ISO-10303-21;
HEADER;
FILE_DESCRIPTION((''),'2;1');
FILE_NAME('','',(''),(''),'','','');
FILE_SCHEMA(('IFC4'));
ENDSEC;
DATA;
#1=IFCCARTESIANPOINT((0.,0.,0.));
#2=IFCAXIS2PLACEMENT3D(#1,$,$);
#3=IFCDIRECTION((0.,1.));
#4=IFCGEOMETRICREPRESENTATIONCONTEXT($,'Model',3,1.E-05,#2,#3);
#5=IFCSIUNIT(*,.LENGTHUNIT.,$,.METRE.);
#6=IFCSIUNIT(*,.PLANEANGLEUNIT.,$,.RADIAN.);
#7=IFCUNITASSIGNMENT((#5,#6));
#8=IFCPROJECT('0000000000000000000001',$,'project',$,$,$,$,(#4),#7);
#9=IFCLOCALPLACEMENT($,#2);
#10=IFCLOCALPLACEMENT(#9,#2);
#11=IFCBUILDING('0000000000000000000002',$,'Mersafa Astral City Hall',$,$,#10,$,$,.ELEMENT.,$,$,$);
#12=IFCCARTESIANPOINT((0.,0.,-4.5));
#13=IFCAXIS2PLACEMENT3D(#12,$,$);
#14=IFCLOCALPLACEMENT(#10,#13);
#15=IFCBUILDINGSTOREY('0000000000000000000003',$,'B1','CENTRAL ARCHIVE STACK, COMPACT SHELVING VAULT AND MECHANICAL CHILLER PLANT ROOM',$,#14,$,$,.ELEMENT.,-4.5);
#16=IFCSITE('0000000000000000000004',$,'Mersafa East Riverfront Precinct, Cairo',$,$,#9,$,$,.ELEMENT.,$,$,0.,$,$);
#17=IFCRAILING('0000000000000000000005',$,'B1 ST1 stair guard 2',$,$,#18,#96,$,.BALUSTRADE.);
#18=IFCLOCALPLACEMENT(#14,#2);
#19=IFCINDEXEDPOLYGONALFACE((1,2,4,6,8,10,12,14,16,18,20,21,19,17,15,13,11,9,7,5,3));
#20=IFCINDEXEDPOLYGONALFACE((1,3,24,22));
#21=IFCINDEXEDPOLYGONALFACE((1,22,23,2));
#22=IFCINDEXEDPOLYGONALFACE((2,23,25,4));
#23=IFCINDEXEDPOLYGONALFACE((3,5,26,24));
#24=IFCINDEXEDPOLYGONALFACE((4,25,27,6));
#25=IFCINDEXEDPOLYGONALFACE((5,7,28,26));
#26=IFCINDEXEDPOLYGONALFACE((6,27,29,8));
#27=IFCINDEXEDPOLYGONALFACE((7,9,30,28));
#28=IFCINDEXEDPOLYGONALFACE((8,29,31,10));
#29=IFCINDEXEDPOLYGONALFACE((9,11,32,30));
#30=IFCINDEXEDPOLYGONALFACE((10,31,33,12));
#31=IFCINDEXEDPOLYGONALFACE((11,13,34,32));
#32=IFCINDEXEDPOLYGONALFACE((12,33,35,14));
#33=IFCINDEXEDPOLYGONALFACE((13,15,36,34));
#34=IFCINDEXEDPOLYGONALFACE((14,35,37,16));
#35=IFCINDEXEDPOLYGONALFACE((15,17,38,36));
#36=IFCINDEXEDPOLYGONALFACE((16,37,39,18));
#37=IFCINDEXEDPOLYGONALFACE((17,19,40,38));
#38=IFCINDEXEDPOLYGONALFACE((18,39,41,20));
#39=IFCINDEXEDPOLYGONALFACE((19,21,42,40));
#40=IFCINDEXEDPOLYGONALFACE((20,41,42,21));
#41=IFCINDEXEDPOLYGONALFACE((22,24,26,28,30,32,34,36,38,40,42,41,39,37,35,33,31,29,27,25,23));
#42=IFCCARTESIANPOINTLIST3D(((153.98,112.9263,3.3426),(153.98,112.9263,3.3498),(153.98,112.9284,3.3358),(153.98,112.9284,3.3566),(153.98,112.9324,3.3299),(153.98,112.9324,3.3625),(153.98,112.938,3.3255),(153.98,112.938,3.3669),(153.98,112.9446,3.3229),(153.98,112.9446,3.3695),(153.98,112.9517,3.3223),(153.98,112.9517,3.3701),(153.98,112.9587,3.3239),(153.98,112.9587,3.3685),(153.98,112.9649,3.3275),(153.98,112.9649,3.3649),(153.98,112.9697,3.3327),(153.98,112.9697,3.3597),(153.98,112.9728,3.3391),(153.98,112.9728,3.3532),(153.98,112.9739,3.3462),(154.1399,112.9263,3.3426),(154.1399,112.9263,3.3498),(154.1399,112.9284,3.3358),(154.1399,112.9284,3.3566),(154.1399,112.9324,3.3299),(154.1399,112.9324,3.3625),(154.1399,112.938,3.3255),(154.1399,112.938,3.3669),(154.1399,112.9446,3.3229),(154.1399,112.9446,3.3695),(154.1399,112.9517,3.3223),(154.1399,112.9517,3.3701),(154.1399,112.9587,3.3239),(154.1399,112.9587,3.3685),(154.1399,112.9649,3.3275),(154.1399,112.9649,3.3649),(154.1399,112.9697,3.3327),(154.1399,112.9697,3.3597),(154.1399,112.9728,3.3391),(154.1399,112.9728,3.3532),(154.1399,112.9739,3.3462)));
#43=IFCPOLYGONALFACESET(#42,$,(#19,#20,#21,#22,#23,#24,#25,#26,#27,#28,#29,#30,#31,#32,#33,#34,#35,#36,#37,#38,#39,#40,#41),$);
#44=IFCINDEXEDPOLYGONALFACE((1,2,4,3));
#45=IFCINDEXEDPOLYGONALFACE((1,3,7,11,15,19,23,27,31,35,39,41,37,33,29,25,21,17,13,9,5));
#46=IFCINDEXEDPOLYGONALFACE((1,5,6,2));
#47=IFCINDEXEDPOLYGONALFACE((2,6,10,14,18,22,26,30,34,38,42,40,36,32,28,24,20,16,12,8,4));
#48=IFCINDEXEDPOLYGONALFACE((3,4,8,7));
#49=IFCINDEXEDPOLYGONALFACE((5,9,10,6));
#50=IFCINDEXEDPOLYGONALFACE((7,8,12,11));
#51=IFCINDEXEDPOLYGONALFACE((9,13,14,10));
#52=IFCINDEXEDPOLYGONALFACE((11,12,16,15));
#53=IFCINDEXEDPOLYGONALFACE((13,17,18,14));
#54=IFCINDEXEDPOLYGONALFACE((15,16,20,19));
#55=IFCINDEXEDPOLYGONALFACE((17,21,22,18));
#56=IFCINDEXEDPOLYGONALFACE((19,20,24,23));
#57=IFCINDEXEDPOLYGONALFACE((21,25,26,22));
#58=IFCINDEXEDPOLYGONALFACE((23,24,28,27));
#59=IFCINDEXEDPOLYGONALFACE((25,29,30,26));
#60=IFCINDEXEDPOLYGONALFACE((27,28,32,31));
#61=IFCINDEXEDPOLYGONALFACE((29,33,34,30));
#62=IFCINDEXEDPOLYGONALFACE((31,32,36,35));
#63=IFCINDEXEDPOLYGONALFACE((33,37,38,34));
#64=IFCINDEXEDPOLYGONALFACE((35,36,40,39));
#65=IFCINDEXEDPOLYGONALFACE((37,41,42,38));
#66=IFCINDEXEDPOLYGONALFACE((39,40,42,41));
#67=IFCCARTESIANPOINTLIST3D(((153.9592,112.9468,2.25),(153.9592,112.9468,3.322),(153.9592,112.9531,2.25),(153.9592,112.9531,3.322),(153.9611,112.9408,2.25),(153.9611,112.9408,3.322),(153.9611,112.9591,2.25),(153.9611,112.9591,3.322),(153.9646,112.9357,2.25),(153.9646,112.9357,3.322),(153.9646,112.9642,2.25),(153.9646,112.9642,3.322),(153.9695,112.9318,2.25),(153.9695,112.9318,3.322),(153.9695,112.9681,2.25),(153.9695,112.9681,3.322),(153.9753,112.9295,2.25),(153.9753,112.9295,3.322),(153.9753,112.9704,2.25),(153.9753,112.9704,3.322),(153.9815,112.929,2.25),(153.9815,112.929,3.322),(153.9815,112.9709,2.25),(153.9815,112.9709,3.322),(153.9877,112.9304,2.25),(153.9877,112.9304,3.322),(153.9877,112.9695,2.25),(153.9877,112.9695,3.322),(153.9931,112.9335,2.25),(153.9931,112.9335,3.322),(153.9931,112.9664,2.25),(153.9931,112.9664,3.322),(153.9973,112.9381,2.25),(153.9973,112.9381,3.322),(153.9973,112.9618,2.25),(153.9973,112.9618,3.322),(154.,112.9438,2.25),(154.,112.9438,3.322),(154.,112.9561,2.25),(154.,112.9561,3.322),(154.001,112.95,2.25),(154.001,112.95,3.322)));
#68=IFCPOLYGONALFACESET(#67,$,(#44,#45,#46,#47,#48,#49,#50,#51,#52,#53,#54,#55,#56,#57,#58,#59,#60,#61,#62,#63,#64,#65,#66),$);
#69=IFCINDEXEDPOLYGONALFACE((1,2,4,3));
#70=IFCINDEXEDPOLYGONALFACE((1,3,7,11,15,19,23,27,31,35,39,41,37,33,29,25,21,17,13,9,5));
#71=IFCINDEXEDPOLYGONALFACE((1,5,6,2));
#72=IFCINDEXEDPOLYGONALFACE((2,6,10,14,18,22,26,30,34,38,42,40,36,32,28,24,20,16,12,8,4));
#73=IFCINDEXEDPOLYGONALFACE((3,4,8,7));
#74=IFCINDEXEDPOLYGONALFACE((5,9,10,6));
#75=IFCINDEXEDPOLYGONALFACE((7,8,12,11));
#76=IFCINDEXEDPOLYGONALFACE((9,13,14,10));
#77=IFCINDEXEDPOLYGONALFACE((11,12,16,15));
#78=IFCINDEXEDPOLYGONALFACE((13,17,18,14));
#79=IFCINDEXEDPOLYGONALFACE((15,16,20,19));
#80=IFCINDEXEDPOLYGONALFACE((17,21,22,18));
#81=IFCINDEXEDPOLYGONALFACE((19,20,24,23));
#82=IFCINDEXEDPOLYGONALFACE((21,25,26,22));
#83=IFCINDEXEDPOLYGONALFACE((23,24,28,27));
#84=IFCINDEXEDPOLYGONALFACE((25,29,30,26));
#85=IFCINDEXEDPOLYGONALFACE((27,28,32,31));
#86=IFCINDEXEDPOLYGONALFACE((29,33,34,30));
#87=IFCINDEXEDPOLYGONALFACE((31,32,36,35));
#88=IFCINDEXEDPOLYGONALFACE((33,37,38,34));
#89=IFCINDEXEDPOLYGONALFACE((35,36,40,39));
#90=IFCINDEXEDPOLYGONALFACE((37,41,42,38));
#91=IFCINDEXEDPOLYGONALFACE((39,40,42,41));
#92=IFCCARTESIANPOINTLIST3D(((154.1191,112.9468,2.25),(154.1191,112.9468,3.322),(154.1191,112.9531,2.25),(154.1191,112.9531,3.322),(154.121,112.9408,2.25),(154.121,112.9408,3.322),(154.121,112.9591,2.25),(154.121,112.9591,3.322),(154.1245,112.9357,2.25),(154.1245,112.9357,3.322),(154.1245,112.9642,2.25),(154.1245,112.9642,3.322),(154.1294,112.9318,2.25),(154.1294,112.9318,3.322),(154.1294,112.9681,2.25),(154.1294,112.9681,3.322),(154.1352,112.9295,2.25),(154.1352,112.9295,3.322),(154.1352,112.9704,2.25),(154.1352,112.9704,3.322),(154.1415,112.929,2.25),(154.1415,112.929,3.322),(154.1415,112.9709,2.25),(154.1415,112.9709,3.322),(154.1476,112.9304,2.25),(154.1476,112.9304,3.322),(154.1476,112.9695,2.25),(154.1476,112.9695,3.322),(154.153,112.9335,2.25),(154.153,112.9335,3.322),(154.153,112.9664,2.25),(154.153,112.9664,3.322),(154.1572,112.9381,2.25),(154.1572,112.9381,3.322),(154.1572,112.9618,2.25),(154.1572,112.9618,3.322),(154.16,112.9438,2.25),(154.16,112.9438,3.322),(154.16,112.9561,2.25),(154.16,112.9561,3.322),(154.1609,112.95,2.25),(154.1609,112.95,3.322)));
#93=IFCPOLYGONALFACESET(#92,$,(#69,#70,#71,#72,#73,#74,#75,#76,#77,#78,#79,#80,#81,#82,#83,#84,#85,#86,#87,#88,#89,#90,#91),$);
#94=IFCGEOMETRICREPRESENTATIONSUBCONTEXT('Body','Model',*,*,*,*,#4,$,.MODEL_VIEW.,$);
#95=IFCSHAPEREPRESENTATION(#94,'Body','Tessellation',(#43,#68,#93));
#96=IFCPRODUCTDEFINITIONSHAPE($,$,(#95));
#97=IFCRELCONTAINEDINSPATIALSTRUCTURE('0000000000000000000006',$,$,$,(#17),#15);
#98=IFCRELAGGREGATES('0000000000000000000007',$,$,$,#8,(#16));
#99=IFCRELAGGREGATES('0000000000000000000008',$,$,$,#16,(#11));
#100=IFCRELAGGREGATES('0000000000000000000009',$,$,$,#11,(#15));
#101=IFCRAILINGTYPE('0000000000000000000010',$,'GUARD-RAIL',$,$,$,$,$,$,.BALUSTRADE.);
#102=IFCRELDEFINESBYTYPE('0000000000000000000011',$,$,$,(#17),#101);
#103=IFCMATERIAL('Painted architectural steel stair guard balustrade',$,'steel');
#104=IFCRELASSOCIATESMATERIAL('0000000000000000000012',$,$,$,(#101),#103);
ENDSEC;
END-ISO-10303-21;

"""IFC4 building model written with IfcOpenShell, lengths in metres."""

from ifc_helpers import new_model, si_unit, direction, frame, origin, origin_2d, place, context, subcontext, project, spatial, circle, extrude, material, type_object, element, save


model = new_model("IFC4")

# Units and contexts
model_context = context("Model", 3, precision=1e-05, world=origin(), true_north=direction((0.0, 1.0)))
body_context = subcontext(model_context, "Body", "Model", "MODEL_VIEW")
ifc_project = project(units=[si_unit("LENGTHUNIT", "METRE"), si_unit("PLANEANGLEUNIT", "RADIAN")], contexts=[model_context])

# Site, building, storey
site_placement = place(None, origin())
site = spatial("IfcSite", under=ifc_project, at=site_placement, Name="Mersafa East Riverfront Precinct, Cairo", CompositionType="ELEMENT", RefElevation=0.0)
building_placement = place(site_placement, origin())
building = spatial("IfcBuilding", under=site, at=building_placement, Name="Mersafa Astral City Hall", CompositionType="ELEMENT")
storey_placement = place(building_placement, frame((0.0, 0.0, -4.5)))
storey = spatial("IfcBuildingStorey", under=building, at=storey_placement, Name="B1", Description="CENTRAL ARCHIVE STACK, COMPACT SHELVING VAULT AND MECHANICAL CHILLER PLANT ROOM", CompositionType="ELEMENT", Elevation=-4.5)

# Railing
ifc_material_1 = material(Name="Painted architectural steel stair guard balustrade", Category="steel")
railing_type_1 = type_object("IfcRailingType", Name="GUARD-RAIL", PredefinedType="BALUSTRADE", material=ifc_material_1)
railing_1_placement = place(storey_placement, frame((153.98, 112.95, 2.25)))
element("IfcRailing", 1, at=railing_1_placement, inside=storey, type_object=railing_type_1, Name="B1 ST1 stair guard 2", PredefinedType="BALUSTRADE", context=body_context, shape_type="SweptSolid", body=[
    extrude(circle(Radius=0.0239, at=origin_2d()), frame((0.0, 0.0, 1.0962), z_axis=(1.0, 0.0, 0.0), x_axis=(0.0, 1.0, 0.0)), (0.0, 0.0, 1.0), 0.1599),
    extrude(circle(Radius=0.021, at=origin_2d()), origin(), (0.0, 0.0, 1.0), 1.072),
    extrude(circle(Radius=0.021, at=origin_2d()), frame((0.1599, 0.0, 0.0)), (0.0, 0.0, 1.0), 1.072),
])

save(model, "model.ifc")
